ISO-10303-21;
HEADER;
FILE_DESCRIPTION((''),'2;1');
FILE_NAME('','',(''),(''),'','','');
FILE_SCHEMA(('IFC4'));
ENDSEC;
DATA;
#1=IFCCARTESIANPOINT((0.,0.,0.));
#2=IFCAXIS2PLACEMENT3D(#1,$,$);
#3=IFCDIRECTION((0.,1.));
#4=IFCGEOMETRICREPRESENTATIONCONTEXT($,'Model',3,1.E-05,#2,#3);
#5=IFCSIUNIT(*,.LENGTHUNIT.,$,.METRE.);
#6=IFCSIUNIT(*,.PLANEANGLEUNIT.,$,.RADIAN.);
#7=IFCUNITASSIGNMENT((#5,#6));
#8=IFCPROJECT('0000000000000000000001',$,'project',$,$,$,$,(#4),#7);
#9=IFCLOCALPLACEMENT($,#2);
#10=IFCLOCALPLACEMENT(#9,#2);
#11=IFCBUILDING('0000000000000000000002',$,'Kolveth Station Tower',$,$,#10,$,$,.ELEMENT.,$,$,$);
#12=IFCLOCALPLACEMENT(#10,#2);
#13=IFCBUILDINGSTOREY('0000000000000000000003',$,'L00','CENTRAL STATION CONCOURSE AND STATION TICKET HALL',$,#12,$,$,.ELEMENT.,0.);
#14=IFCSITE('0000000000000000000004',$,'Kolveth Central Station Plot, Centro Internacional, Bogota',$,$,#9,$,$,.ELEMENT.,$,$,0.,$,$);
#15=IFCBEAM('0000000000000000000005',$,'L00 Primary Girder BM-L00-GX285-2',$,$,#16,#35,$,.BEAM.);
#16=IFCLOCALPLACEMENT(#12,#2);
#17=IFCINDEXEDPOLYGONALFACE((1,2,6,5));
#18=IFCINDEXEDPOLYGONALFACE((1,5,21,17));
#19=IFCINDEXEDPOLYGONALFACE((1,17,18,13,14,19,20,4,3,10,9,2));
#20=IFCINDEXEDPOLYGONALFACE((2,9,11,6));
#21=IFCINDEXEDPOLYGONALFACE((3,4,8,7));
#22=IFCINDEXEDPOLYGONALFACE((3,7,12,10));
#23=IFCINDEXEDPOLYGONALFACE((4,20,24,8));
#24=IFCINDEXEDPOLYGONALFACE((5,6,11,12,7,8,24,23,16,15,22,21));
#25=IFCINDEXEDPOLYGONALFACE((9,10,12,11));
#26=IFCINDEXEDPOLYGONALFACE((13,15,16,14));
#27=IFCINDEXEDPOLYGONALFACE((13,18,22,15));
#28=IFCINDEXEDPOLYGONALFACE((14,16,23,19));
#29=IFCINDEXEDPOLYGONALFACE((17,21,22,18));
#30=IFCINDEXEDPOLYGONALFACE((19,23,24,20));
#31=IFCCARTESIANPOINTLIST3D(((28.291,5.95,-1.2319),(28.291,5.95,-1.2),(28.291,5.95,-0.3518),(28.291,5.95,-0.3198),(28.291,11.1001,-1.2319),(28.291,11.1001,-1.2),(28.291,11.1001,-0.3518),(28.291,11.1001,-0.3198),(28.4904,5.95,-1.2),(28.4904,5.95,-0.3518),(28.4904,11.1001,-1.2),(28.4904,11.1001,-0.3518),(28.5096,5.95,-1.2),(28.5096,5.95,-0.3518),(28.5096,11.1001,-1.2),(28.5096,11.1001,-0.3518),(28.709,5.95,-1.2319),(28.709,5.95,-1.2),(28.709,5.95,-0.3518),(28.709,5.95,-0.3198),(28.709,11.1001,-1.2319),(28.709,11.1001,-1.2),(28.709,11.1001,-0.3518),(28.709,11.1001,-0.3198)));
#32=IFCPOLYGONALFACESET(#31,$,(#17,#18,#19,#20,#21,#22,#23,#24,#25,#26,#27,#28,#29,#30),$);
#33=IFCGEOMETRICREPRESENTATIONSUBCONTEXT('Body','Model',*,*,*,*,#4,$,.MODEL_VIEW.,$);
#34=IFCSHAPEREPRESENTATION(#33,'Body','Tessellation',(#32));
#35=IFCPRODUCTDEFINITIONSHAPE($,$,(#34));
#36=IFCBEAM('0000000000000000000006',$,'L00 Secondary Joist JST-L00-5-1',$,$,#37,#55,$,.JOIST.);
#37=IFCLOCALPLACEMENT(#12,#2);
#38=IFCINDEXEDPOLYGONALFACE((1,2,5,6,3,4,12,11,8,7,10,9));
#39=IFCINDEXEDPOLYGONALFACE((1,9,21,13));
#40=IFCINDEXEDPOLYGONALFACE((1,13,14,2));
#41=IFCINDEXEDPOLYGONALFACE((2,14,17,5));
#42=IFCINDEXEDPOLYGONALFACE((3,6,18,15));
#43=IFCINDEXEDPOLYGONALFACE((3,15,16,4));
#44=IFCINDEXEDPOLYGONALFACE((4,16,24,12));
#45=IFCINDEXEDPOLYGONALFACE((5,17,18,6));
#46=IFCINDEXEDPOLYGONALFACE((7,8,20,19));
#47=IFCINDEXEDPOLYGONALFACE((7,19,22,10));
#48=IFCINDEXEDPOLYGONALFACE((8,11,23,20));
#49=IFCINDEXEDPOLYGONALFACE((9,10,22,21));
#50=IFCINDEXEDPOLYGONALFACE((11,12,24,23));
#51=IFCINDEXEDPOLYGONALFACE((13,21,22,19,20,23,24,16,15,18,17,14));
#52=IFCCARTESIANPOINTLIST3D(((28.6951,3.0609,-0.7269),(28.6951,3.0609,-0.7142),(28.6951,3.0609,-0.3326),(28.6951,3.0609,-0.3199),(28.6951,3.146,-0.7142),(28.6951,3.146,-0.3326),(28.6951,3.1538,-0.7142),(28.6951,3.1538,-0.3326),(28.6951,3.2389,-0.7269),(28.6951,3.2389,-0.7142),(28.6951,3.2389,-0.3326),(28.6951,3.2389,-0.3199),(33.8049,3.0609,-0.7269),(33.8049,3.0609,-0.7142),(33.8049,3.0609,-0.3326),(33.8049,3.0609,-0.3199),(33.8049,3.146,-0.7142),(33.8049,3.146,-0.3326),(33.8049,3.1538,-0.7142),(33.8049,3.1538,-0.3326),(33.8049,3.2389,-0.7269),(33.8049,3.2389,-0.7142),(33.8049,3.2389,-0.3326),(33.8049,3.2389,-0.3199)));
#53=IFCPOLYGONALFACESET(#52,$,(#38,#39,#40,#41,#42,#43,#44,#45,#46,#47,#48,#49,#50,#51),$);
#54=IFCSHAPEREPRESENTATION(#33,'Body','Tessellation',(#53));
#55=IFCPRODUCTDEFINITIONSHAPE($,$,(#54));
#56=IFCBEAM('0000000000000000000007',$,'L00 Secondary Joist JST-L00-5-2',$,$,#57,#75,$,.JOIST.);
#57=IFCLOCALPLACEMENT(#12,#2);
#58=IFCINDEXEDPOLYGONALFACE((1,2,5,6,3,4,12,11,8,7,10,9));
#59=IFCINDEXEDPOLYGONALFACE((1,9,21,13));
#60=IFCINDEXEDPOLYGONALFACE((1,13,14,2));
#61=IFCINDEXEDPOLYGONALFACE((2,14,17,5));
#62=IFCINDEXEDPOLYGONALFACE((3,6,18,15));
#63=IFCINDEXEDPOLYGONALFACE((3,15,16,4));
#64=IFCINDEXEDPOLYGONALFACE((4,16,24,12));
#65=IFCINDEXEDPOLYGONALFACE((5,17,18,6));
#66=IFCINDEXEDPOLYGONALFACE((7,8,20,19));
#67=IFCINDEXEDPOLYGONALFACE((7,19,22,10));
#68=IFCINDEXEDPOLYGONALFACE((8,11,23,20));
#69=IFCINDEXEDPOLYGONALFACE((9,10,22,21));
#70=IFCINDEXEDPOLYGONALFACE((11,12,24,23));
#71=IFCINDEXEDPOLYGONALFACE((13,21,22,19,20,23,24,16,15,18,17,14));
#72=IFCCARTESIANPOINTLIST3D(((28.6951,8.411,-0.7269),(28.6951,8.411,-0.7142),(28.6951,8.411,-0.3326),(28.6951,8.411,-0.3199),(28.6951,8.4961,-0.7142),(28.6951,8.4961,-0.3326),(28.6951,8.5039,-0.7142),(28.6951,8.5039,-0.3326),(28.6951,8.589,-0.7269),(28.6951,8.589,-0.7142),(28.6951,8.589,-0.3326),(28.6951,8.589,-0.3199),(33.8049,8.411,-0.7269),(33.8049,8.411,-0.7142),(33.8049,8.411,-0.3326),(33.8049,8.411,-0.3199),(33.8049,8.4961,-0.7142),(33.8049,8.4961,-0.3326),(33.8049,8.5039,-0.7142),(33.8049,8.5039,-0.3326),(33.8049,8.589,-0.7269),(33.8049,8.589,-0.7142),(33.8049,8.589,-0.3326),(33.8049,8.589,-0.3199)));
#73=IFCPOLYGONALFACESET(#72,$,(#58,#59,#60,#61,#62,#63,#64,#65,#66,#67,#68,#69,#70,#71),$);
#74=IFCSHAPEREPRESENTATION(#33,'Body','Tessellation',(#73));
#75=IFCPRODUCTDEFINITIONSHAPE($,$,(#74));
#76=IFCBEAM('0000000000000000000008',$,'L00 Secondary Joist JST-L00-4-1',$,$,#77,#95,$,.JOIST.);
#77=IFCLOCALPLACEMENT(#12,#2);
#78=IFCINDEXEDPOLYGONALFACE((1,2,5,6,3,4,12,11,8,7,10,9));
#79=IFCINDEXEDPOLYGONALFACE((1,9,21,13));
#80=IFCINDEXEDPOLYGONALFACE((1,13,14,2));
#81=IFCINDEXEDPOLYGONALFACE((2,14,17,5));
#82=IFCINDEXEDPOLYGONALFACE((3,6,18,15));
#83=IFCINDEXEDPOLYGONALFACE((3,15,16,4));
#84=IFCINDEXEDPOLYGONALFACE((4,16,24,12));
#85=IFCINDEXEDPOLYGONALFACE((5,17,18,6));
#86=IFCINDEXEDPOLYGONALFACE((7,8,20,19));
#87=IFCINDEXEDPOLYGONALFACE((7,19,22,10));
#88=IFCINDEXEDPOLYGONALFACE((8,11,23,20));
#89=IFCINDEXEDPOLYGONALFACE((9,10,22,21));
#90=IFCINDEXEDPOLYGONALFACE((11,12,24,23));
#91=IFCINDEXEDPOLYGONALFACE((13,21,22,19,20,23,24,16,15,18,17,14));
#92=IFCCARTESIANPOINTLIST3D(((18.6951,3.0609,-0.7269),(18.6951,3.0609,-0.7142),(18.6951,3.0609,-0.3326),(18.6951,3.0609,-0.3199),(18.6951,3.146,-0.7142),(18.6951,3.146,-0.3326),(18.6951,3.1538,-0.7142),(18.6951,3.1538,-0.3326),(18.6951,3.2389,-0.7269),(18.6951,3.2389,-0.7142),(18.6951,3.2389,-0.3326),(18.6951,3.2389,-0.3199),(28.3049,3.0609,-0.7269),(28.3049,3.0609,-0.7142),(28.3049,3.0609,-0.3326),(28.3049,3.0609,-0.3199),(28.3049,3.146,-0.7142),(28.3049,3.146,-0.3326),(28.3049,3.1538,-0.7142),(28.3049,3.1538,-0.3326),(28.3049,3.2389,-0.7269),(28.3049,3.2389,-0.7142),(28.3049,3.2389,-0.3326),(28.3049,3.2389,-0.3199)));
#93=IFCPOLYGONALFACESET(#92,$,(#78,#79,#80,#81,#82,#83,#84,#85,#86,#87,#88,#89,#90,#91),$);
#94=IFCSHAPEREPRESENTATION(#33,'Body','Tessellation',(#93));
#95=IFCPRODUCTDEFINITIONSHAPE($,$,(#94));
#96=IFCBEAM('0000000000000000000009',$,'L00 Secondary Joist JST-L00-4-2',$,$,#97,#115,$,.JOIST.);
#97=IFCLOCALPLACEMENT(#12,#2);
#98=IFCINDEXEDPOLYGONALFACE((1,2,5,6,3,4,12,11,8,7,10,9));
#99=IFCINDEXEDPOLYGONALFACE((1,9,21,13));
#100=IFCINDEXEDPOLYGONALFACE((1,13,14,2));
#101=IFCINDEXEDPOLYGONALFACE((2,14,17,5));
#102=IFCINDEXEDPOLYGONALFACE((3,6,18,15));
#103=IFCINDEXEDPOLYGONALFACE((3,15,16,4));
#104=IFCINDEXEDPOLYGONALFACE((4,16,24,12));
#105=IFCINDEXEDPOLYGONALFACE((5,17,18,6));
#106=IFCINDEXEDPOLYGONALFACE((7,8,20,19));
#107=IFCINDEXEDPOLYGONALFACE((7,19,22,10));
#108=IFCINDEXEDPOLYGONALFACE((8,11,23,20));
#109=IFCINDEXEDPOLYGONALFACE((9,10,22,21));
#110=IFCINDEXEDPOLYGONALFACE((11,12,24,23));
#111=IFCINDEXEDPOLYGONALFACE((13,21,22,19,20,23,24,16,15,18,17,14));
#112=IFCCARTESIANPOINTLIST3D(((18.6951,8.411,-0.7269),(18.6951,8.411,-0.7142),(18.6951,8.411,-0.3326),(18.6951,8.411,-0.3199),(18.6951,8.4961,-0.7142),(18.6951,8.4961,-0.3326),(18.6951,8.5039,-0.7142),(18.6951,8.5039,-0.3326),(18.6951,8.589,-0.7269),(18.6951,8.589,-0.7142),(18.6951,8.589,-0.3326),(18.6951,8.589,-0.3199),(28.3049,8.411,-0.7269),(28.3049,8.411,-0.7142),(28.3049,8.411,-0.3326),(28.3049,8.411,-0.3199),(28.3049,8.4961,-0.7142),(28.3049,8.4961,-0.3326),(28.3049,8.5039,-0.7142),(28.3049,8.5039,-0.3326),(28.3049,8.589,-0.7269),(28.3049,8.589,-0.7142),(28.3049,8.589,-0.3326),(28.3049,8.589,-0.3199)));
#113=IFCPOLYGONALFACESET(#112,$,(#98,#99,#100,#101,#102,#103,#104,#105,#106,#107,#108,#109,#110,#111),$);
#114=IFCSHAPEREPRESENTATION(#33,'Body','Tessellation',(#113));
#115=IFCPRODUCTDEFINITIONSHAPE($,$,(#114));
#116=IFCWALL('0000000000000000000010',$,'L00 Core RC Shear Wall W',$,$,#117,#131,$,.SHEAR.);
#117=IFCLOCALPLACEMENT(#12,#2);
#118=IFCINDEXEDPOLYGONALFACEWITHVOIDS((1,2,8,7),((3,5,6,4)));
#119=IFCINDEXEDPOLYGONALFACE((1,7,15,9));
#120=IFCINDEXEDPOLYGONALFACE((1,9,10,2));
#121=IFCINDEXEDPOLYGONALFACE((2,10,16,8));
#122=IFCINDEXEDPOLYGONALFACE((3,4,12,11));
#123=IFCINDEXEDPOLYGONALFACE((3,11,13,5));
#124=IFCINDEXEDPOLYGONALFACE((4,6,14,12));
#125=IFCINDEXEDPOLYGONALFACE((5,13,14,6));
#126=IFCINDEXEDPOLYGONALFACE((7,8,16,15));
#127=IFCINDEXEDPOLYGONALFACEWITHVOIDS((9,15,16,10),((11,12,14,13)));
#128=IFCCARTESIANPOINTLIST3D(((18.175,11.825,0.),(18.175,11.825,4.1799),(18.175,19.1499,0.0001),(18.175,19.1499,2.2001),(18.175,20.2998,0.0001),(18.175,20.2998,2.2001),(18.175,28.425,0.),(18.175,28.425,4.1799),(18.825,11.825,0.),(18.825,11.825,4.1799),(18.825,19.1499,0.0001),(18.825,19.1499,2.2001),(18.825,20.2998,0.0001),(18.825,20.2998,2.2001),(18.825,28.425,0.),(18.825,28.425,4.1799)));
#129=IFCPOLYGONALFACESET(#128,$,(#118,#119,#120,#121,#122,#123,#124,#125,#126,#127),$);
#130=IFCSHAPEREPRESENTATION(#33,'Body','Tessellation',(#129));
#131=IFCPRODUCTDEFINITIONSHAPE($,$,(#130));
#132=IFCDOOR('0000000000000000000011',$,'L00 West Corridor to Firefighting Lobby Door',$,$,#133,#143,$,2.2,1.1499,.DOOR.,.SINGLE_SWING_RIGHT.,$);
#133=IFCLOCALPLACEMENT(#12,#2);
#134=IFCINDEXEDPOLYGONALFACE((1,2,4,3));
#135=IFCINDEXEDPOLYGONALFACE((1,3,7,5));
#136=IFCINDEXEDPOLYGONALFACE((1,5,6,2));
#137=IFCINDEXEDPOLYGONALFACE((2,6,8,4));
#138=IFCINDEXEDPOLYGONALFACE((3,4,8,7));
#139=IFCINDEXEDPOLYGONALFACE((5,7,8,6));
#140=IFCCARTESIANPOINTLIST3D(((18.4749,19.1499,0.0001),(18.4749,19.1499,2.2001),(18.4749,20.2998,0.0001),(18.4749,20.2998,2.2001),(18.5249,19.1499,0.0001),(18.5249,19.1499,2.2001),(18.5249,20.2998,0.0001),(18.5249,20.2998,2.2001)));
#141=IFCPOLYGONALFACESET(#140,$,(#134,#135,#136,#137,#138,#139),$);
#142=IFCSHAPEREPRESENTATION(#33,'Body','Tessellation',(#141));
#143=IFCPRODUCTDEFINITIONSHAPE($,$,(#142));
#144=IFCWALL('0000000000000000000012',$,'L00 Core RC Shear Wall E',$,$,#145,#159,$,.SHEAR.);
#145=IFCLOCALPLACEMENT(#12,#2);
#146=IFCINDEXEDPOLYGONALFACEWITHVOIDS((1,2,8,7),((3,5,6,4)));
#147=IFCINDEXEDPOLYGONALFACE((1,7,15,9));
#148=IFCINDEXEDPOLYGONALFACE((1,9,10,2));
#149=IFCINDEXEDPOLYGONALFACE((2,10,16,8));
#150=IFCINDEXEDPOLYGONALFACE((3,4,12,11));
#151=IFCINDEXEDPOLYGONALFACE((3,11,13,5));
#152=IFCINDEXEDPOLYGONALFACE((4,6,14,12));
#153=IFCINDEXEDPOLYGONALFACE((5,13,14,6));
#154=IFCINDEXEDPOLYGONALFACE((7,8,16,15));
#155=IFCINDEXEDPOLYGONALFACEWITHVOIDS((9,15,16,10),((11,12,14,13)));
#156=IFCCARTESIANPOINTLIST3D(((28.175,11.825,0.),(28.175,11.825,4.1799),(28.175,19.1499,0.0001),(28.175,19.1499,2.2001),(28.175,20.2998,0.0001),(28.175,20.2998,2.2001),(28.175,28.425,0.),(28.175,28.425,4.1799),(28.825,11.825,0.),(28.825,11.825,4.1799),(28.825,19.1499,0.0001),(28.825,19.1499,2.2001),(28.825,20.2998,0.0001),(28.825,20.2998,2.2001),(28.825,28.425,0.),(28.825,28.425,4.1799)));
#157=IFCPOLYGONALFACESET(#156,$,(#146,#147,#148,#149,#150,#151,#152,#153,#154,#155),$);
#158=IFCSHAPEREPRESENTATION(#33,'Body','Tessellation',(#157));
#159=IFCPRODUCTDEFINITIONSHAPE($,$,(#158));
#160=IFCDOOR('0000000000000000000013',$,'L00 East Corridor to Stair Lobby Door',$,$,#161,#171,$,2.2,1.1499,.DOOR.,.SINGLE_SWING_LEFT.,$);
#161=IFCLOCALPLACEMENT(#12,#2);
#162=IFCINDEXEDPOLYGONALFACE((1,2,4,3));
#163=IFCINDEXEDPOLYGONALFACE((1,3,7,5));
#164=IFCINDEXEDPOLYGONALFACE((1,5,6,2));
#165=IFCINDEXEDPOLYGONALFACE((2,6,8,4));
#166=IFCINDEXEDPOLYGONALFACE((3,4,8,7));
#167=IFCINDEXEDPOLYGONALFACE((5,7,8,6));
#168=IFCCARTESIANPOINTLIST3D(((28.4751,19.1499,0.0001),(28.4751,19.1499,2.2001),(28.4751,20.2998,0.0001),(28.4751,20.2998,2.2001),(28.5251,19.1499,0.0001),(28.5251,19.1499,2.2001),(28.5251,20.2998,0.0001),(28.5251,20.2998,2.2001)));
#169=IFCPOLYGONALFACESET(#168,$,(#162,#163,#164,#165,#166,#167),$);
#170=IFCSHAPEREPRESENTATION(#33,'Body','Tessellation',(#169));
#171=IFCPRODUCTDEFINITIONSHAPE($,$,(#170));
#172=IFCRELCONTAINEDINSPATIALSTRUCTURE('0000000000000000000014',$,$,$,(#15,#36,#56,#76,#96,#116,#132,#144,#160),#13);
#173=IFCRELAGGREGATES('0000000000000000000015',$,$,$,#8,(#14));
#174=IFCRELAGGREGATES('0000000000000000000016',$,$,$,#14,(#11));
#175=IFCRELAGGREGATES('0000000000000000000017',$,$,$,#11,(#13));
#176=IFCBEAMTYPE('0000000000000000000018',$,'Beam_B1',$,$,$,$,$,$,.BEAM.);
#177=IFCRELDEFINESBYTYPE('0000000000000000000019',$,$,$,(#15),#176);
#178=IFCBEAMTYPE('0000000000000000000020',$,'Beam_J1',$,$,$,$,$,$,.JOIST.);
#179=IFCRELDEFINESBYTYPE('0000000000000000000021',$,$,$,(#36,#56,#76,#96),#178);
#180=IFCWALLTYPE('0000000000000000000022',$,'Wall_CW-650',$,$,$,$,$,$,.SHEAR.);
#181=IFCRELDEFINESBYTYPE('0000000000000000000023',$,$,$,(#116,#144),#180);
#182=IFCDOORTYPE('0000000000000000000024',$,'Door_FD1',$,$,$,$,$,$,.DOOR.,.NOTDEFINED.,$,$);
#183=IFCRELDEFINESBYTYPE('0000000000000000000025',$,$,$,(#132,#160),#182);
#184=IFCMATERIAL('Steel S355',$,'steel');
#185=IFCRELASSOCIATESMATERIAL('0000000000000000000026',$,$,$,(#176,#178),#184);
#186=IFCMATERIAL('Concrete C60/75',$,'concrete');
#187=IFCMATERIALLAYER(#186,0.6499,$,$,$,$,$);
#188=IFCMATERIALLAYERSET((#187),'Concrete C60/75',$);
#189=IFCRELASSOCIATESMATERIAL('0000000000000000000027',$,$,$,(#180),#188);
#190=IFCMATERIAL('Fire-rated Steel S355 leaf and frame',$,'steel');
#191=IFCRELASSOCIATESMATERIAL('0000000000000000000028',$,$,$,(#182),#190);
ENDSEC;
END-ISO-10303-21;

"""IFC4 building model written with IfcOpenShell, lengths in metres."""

from ifc_helpers import new_model, si_unit, direction, frame, frame_2d, origin, origin_2d, place, context, subcontext, project, spatial, rectangle, i_section, extrude, source, transform, mapped, material, layer, layer_set, material_profile, profile_set, type_object, element, fill, save


model = new_model("IFC4")

# Units and contexts
model_context = context("Model", 3, precision=1e-05, world=origin(), true_north=direction((0.0, 1.0)))
body_context = subcontext(model_context, "Body", "Model", "MODEL_VIEW")
ifc_project = project(units=[si_unit("LENGTHUNIT", "METRE"), si_unit("PLANEANGLEUNIT", "RADIAN")], contexts=[model_context])

# Site, building, storey
site_placement = place(None, origin())
site = spatial("IfcSite", under=ifc_project, at=site_placement, Name="Kolveth Central Station Plot, Centro Internacional, Bogota", CompositionType="ELEMENT", RefElevation=0.0)
building_placement = place(site_placement, origin())
building = spatial("IfcBuilding", under=site, at=building_placement, Name="Kolveth Station Tower", CompositionType="ELEMENT")
storey_placement = place(building_placement, origin())
storey = spatial("IfcBuildingStorey", under=building, at=storey_placement, Name="L00", Description="CENTRAL STATION CONCOURSE AND STATION TICKET HALL", CompositionType="ELEMENT", Elevation=0.0)

# Beams
ifc_material_1 = material(Name="Steel S355", Category="steel")
ifc_material_profile_1 = material_profile(ifc_material_1, i_section(OverallWidth=0.418, OverallDepth=0.9121, WebThickness=0.0193, FlangeThickness=0.032, at=origin_2d()), Name="W920x342")
ifc_profile_set_1 = profile_set([ifc_material_profile_1], Name="Steel S355")
beam_type_1 = type_object("IfcBeamType", Name="Beam_B1", PredefinedType="BEAM", material=ifc_profile_set_1)
ifc_material_2 = material(Name="Concrete C60/75", Category="concrete")
shared_shape_1 = source(origin(), body_context, "Body", "SweptSolid", [
    extrude(i_section(OverallWidth=0.418, OverallDepth=0.9121, WebThickness=0.0193, FlangeThickness=0.032, at=origin_2d()), origin(), (0.0, 0.0, 1.0), 5.1501),
])
beam_1_placement = place(storey_placement, frame((28.5, 5.95, -0.7759), z_axis=(0.0, 1.0, 0.0), x_axis=(-1.0, 0.0, 0.0)))
element("IfcBeam", 1, at=beam_1_placement, inside=storey, type_object=beam_type_1, Name="L00 Primary Girder BM-L00-GX285-2", PredefinedType="BEAM", context=body_context, shape_type="MappedRepresentation", body=[
    mapped(shared_shape_1, transform((0.0, 0.0, 0.0), x_axis=(1.0, 0.0, 0.0), y_axis=(0.0, 1.0, 0.0), z_axis=(0.0, 0.0, 1.0), scale=1.0)),
])
ifc_material_profile_2 = material_profile(ifc_material_1, i_section(OverallWidth=0.178, OverallDepth=0.407, WebThickness=0.0078, FlangeThickness=0.0127, at=origin_2d()), Name="W410x60")
ifc_profile_set_2 = profile_set([ifc_material_profile_2], Name="Steel S355")
beam_type_2 = type_object("IfcBeamType", Name="Beam_J1", PredefinedType="JOIST", material=ifc_profile_set_2)
shared_shape_2 = source(origin(), body_context, "Body", "SweptSolid", [
    extrude(i_section(OverallWidth=0.178, OverallDepth=0.407, WebThickness=0.0078, FlangeThickness=0.0127, at=origin_2d()), origin(), (0.0, 0.0, 1.0), 5.1099),
])
for number, where, z_axis, x_axis, name in (
    (2, (28.6951, 3.1499, -0.5234), (1.0, 0.0, 0.0), (0.0, 1.0, 0.0), "L00 Secondary Joist JST-L00-5-1"),
    (3, (28.6951, 8.5, -0.5234), (1.0, 0.0, 0.0), (0.0, 1.0, 0.0), "L00 Secondary Joist JST-L00-5-2"),
):
    element("IfcBeam", number, at=place(storey_placement, frame(where, z_axis=z_axis, x_axis=x_axis)), inside=storey, type_object=beam_type_2, Name=name, PredefinedType="JOIST", context=body_context, shape_type="MappedRepresentation", body=[
        mapped(shared_shape_2, transform((0.0, 0.0, 0.0), x_axis=(1.0, 0.0, 0.0), y_axis=(0.0, 1.0, 0.0), z_axis=(0.0, 0.0, 1.0), scale=1.0)),
    ])
shared_shape_3 = source(origin(), body_context, "Body", "SweptSolid", [
    extrude(i_section(OverallWidth=0.178, OverallDepth=0.407, WebThickness=0.0078, FlangeThickness=0.0127, at=origin_2d()), origin(), (0.0, 0.0, 1.0), 9.6099),
])
for number, where, z_axis, x_axis, name in (
    (4, (18.6951, 3.1499, -0.5234), (1.0, 0.0, 0.0), (0.0, 1.0, 0.0), "L00 Secondary Joist JST-L00-4-1"),
    (5, (18.6951, 8.5, -0.5234), (1.0, 0.0, 0.0), (0.0, 1.0, 0.0), "L00 Secondary Joist JST-L00-4-2"),
):
    element("IfcBeam", number, at=place(storey_placement, frame(where, z_axis=z_axis, x_axis=x_axis)), inside=storey, type_object=beam_type_2, Name=name, PredefinedType="JOIST", context=body_context, shape_type="MappedRepresentation", body=[
        mapped(shared_shape_3, transform((0.0, 0.0, 0.0), x_axis=(1.0, 0.0, 0.0), y_axis=(0.0, 1.0, 0.0), z_axis=(0.0, 0.0, 1.0), scale=1.0)),
    ])

# Walls, openings, doors
ifc_layer_1 = layer(ifc_material_2, 0.6499)
ifc_layer_set_1 = layer_set([ifc_layer_1], Name="Concrete C60/75")
wall_type_1 = type_object("IfcWallType", Name="Wall_CW-650", PredefinedType="SHEAR", material=ifc_layer_set_1)
wall_1_placement = place(storey_placement, frame((18.5, 11.825, 0.0), z_axis=(0.0, 0.0, 1.0), x_axis=(0.0, 1.0, 0.0)))
wall_1 = element("IfcWall", 6, at=wall_1_placement, inside=storey, type_object=wall_type_1, Name="L00 Core RC Shear Wall W", PredefinedType="SHEAR", context=body_context, shape_type="SweptSolid", body=[
    extrude(rectangle(XDim=16.6001, YDim=0.6499, at=frame_2d((8.3, 0.0))), origin(), (0.0, 0.0, 1.0), 4.1799),
])
opening_1_placement = place(wall_1_placement, frame((7.325, 0.0, 0.0)))
opening_1 = element("IfcOpeningElement", 7, at=opening_1_placement, cuts=wall_1, PredefinedType="OPENING", context=body_context, shape_type="SweptSolid", body=[
    extrude(rectangle(XDim=1.1499, YDim=2.2, at=frame_2d((0.575, 1.1001))), frame((0.0, 0.335, 0.0), z_axis=(0.0, -1.0, 0.0), x_axis=(1.0, 0.0, 0.0)), (0.0, 0.0, 1.0), 0.6699),
])
ifc_material_3 = material(Name="Fire-rated Steel S355 leaf and frame", Category="steel")
door_type = type_object("IfcDoorType", Name="Door_FD1", OperationType="NOTDEFINED", PredefinedType="DOOR", material=ifc_material_3)
door_1_placement = place(opening_1_placement, frame((1.1499, 0.0, 0.0), z_axis=(0.0, 0.0, 1.0), x_axis=(-1.0, 0.0, 0.0)))
door_1 = element("IfcDoor", 8, at=door_1_placement, inside=storey, type_object=door_type, Name="L00 West Corridor to Firefighting Lobby Door", OperationType="SINGLE_SWING_RIGHT", OverallHeight=2.2, OverallWidth=1.1499, PredefinedType="DOOR", context=body_context, shape_type="SweptSolid", body=[
    extrude(rectangle(XDim=1.1499, YDim=2.2, at=frame_2d((0.575, 1.1001))), frame((0.0, 0.0249, 0.0), z_axis=(0.0, -1.0, 0.0), x_axis=(1.0, 0.0, 0.0)), (0.0, 0.0, 1.0), 0.05),
])
fill(opening_1, door_1)
wall_2_placement = place(storey_placement, frame((28.5, 11.825, 0.0), z_axis=(0.0, 0.0, 1.0), x_axis=(0.0, 1.0, 0.0)))
wall_2 = element("IfcWall", 9, at=wall_2_placement, inside=storey, type_object=wall_type_1, Name="L00 Core RC Shear Wall E", PredefinedType="SHEAR", context=body_context, shape_type="SweptSolid", body=[
    extrude(rectangle(XDim=16.6001, YDim=0.6499, at=frame_2d((8.3, 0.0))), origin(), (0.0, 0.0, 1.0), 4.1799),
])
opening_2_placement = place(wall_2_placement, frame((7.325, 0.0, 0.0)))
opening_2 = element("IfcOpeningElement", 10, at=opening_2_placement, cuts=wall_2, PredefinedType="OPENING", context=body_context, shape_type="SweptSolid", body=[
    extrude(rectangle(XDim=1.1499, YDim=2.2, at=frame_2d((0.575, 1.1001))), frame((0.0, 0.335, 0.0), z_axis=(0.0, -1.0, 0.0), x_axis=(1.0, 0.0, 0.0)), (0.0, 0.0, 1.0), 0.6699),
])
door_2_placement = place(opening_2_placement, origin())
door_2 = element("IfcDoor", 11, at=door_2_placement, inside=storey, type_object=door_type, Name="L00 East Corridor to Stair Lobby Door", OperationType="SINGLE_SWING_LEFT", OverallHeight=2.2, OverallWidth=1.1499, PredefinedType="DOOR", context=body_context, shape_type="SweptSolid", body=[
    extrude(rectangle(XDim=1.1499, YDim=2.2, at=frame_2d((0.575, 1.1001))), frame((0.0, 0.0249, 0.0), z_axis=(0.0, -1.0, 0.0), x_axis=(1.0, 0.0, 0.0)), (0.0, 0.0, 1.0), 0.05),
])
fill(opening_2, door_2)

save(model, "model.ifc")
